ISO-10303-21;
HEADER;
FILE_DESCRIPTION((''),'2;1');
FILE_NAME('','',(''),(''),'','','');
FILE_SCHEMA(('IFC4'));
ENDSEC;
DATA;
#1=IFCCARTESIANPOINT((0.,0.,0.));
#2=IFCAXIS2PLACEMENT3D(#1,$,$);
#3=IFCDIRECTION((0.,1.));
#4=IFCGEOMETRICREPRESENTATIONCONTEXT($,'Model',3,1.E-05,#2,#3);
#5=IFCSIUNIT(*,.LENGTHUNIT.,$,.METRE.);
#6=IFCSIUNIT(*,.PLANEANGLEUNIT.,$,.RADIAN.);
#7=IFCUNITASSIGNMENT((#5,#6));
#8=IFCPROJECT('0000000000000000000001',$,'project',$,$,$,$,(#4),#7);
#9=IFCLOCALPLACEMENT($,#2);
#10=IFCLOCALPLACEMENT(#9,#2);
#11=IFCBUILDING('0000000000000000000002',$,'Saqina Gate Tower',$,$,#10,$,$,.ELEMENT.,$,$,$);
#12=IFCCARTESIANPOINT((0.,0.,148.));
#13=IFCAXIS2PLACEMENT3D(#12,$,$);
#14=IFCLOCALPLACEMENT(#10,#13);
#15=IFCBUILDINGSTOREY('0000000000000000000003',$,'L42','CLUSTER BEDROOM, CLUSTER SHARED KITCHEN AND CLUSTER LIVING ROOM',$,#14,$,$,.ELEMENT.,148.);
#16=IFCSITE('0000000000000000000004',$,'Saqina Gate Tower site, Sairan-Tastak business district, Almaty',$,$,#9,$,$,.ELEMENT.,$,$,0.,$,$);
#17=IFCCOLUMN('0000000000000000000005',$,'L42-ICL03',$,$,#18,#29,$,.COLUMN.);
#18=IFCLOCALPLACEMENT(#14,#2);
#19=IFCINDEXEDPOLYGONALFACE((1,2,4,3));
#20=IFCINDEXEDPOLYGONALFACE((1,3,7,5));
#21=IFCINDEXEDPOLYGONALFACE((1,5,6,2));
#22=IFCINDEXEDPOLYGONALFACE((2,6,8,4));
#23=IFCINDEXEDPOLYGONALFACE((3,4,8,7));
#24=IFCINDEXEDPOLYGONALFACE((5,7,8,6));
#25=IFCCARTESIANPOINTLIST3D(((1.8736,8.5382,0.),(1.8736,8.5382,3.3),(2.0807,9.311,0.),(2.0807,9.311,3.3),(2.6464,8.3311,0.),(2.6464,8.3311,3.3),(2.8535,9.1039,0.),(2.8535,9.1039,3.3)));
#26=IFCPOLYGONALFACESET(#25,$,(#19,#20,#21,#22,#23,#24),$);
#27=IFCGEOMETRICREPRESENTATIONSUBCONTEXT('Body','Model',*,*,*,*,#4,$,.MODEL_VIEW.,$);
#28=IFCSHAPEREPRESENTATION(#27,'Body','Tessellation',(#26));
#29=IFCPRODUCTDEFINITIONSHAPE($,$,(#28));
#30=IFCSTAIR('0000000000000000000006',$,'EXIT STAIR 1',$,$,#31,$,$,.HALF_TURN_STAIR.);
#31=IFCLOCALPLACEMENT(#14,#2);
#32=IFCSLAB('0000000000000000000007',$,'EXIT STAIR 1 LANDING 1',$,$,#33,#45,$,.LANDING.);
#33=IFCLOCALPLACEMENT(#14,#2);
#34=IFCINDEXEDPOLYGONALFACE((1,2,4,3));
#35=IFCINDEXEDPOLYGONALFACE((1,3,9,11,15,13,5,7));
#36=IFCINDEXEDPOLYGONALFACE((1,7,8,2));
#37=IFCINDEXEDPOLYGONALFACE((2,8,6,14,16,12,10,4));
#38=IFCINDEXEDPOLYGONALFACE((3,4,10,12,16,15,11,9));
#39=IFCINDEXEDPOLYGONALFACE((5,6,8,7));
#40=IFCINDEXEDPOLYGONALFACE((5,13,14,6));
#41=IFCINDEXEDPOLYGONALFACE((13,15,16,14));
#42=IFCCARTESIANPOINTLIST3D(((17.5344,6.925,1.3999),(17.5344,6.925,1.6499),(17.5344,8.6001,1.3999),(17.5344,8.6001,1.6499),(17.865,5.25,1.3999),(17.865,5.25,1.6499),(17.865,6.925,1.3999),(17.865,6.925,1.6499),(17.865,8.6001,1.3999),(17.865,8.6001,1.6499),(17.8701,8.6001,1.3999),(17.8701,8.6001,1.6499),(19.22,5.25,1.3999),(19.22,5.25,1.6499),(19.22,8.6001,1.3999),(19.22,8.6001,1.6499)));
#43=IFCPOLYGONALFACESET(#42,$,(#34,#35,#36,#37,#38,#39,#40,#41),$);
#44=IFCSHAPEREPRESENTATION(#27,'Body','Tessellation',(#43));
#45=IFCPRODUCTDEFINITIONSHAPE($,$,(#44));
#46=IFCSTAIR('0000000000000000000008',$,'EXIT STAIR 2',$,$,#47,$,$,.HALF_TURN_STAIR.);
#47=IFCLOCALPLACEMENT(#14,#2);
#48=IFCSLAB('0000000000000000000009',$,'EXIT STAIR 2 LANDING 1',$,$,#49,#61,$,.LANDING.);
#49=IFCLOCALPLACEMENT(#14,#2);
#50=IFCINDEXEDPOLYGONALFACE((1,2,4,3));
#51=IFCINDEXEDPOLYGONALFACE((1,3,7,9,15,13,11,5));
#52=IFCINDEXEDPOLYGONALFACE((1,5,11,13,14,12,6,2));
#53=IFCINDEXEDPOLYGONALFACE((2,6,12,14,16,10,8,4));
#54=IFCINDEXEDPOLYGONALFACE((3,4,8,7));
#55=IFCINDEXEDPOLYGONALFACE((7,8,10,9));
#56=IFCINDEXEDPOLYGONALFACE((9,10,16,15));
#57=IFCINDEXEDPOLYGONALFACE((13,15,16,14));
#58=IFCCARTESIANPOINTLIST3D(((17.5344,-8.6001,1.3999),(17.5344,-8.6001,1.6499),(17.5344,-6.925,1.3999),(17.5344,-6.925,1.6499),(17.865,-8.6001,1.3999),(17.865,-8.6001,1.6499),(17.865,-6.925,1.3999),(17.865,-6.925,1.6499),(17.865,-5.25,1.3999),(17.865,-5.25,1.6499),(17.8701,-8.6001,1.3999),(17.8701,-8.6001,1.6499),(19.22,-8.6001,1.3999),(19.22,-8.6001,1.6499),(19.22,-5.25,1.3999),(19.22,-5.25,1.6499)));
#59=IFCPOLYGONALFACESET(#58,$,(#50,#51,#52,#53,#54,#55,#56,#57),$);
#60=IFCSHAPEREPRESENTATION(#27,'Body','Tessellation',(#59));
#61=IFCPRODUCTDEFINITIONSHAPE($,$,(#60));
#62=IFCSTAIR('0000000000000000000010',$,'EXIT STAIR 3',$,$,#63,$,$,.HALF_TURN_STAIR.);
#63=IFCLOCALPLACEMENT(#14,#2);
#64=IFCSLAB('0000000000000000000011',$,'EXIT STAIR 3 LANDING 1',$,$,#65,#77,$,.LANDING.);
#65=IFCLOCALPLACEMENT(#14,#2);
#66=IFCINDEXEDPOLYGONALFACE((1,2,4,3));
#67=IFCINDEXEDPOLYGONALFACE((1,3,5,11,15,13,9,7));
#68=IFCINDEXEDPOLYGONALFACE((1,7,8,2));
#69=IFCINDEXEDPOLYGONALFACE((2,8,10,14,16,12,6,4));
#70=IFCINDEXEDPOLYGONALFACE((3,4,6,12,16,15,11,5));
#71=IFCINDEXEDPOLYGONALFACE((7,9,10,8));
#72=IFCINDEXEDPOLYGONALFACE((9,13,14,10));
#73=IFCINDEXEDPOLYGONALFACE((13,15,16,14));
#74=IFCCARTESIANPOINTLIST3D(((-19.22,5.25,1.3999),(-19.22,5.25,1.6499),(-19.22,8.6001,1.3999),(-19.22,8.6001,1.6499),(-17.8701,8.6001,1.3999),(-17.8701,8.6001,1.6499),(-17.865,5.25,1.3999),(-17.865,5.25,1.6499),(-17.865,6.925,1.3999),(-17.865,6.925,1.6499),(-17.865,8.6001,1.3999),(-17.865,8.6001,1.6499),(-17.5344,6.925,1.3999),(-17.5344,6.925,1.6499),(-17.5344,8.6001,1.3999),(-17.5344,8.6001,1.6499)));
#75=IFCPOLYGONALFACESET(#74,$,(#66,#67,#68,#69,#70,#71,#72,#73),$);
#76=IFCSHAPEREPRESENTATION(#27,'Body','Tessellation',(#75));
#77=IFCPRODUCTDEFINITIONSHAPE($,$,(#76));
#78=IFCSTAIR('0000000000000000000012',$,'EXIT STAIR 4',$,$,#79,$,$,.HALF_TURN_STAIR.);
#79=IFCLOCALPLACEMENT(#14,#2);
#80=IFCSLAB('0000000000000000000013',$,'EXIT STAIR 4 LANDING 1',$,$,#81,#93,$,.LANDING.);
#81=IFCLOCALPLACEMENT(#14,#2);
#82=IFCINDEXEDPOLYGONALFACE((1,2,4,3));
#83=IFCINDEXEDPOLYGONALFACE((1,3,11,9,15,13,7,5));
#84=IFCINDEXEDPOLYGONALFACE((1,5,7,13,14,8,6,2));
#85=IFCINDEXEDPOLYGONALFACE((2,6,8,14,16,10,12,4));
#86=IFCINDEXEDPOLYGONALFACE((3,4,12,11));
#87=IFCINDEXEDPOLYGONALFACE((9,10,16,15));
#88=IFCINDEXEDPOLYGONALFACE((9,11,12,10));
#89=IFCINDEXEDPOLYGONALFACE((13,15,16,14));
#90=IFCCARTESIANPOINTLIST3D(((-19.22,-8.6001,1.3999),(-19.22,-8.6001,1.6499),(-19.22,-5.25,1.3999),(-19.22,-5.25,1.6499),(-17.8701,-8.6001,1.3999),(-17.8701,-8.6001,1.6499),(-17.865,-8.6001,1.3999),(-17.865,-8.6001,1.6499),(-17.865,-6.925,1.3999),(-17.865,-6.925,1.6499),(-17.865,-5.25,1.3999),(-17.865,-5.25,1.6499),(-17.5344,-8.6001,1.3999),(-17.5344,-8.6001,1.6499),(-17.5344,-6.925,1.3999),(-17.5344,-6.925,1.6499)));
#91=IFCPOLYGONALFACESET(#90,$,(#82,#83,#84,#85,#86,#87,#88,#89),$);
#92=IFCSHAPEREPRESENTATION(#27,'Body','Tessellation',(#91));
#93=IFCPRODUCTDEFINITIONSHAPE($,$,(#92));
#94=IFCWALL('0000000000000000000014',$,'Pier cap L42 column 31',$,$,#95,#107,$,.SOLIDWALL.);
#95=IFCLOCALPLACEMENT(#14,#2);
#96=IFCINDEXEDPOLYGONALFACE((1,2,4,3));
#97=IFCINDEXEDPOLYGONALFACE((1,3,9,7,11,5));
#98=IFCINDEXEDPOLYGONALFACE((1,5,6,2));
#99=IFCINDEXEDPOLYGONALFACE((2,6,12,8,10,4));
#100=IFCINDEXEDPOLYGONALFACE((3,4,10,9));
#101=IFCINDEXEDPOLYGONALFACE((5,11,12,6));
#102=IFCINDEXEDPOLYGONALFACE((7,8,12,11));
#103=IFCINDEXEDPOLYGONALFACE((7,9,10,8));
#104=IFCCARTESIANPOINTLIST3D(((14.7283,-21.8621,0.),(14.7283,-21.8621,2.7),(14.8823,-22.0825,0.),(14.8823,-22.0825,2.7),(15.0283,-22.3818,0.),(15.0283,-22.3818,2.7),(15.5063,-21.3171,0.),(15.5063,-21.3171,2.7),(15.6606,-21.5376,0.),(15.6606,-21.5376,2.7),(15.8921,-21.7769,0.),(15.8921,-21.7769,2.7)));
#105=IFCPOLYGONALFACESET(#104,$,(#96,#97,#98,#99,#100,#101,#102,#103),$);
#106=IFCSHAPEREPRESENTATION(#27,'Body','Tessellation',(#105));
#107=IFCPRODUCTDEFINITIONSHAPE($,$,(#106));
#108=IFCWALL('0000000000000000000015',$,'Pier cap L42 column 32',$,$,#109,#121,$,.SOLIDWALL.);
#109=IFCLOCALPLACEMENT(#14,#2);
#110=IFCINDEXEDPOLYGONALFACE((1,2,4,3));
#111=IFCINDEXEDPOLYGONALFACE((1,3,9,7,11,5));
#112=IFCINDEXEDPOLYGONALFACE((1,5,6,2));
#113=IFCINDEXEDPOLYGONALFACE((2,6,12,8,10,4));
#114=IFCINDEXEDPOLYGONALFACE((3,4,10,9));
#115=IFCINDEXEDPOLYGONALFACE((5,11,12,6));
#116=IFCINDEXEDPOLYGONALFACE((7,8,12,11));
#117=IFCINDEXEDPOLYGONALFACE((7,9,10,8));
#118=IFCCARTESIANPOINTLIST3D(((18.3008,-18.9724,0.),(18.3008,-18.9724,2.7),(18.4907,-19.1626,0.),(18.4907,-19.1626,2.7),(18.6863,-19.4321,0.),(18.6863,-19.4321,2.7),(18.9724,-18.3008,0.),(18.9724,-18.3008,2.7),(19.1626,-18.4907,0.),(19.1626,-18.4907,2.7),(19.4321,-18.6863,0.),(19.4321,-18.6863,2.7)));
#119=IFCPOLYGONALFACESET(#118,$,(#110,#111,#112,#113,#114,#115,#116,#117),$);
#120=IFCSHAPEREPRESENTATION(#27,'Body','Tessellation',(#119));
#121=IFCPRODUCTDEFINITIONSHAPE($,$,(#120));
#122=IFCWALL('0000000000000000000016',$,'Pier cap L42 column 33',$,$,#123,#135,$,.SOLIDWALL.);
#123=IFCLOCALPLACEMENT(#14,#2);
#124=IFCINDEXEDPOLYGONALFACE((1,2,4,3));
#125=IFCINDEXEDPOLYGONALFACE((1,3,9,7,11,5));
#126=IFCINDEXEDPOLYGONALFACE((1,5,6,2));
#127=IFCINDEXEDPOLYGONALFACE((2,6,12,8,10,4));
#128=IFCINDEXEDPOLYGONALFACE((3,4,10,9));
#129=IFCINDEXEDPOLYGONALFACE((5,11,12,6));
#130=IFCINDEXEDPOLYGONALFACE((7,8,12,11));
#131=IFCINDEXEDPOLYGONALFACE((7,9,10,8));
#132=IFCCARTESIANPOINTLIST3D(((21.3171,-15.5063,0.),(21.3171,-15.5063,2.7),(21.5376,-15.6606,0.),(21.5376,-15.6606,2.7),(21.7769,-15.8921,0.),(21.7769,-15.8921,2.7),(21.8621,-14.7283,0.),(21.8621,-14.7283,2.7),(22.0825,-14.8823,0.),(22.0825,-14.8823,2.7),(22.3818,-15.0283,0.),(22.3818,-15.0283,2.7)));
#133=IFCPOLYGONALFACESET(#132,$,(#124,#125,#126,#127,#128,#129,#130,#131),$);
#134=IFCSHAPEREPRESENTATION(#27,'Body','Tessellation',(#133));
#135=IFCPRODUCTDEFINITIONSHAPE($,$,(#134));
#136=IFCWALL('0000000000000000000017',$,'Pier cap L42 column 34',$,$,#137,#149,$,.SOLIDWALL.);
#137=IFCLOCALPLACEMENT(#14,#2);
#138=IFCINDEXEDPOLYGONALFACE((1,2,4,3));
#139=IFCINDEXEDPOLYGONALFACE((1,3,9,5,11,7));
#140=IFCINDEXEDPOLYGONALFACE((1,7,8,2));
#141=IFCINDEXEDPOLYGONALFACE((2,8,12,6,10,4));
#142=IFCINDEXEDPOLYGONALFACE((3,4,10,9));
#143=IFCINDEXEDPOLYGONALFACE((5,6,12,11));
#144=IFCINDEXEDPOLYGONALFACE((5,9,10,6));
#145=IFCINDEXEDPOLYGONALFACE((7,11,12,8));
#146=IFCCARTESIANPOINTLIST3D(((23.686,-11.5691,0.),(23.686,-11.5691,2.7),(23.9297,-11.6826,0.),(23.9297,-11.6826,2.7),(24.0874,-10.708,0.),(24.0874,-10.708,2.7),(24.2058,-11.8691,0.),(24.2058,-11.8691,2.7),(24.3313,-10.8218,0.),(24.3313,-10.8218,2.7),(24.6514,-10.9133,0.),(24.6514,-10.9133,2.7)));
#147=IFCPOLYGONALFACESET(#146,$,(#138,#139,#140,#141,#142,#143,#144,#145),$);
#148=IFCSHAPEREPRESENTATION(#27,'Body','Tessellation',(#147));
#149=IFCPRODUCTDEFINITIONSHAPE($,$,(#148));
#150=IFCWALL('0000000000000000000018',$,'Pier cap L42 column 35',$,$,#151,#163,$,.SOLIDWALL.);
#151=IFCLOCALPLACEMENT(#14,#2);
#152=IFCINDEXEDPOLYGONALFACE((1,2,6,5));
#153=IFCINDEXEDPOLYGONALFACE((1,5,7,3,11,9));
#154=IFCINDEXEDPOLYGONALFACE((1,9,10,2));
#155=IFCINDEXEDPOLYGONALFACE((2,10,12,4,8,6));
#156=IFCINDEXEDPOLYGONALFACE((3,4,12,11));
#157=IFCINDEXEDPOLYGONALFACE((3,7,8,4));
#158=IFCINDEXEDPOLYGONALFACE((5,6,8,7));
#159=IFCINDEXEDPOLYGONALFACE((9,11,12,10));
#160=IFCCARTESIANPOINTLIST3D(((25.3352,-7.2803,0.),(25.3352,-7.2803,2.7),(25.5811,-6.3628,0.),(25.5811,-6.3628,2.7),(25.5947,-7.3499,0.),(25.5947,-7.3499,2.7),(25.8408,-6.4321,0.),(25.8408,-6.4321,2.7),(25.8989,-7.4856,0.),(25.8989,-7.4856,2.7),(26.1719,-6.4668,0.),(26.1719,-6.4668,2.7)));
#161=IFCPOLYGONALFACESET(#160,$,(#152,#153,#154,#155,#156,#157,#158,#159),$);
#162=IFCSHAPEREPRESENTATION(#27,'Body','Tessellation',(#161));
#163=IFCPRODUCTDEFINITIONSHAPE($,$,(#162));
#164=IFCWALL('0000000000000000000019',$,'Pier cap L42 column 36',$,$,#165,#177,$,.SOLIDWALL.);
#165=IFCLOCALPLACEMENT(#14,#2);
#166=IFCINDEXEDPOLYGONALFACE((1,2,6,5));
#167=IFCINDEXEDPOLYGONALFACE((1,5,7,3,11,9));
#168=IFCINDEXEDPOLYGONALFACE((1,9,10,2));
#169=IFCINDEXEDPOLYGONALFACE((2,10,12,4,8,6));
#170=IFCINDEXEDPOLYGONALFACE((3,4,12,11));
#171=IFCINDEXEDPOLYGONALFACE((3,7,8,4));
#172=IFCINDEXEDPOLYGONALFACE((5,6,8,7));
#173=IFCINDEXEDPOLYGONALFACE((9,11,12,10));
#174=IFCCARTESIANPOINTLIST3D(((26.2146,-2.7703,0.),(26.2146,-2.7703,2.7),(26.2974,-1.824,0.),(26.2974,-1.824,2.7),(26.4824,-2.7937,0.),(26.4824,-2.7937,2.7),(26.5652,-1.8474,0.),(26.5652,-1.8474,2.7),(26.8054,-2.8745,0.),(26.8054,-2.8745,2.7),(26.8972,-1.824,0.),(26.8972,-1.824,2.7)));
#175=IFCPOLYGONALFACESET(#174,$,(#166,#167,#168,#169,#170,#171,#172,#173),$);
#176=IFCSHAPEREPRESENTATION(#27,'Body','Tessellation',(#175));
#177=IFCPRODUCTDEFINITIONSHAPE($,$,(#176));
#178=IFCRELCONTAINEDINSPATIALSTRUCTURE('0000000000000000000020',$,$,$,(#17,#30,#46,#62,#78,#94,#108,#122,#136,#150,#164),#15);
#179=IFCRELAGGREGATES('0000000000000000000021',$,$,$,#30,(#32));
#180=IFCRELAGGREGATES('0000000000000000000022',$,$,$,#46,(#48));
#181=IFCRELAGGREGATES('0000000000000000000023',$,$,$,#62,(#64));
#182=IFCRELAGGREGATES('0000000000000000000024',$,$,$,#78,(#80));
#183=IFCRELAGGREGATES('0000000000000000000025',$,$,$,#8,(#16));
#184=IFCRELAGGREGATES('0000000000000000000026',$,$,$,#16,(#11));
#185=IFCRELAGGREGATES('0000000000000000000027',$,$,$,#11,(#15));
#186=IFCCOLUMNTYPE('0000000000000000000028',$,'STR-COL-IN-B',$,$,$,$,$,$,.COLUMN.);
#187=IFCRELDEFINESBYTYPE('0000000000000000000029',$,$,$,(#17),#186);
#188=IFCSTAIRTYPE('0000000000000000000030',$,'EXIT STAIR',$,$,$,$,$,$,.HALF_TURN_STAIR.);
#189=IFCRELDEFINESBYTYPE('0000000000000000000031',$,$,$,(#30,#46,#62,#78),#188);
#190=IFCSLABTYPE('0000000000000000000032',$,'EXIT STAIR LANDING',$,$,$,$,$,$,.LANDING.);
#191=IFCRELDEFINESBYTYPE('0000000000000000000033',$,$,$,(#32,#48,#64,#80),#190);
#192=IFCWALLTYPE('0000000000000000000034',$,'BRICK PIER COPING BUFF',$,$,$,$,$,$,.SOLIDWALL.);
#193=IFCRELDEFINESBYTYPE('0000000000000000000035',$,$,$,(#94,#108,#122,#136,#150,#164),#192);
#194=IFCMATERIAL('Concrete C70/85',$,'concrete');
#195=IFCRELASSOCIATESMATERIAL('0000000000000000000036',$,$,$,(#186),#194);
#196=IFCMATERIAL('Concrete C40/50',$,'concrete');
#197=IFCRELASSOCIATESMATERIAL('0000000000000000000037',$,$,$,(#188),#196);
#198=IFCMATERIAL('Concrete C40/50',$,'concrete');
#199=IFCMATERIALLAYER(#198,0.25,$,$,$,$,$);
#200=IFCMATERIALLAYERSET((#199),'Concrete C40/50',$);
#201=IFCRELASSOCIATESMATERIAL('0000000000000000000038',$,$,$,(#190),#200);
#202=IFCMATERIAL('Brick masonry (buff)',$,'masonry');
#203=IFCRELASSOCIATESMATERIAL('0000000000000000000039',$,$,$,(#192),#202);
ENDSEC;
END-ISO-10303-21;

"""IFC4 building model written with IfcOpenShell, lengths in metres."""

from ifc_helpers import new_model, si_unit, direction, frame, origin, origin_2d, place, context, subcontext, project, spatial, polyline, rectangle, outline, extrude, material, layer, layer_set, material_profile, profile_set, type_object, element, aggregate, save


model = new_model("IFC4")

# Units and contexts
model_context = context("Model", 3, precision=1e-05, world=origin(), true_north=direction((0.0, 1.0)))
body_context = subcontext(model_context, "Body", "Model", "MODEL_VIEW")
ifc_project = project(units=[si_unit("LENGTHUNIT", "METRE"), si_unit("PLANEANGLEUNIT", "RADIAN")], contexts=[model_context])

# Site, building, storey
site_placement = place(None, origin())
site = spatial("IfcSite", under=ifc_project, at=site_placement, Name="Saqina Gate Tower site, Sairan-Tastak business district, Almaty", CompositionType="ELEMENT", RefElevation=0.0)
building_placement = place(site_placement, origin())
building = spatial("IfcBuilding", under=site, at=building_placement, Name="Saqina Gate Tower", CompositionType="ELEMENT")
storey_placement = place(building_placement, frame((0.0, 0.0, 148.0)))
storey = spatial("IfcBuildingStorey", under=building, at=storey_placement, Name="L42", Description="CLUSTER BEDROOM, CLUSTER SHARED KITCHEN AND CLUSTER LIVING ROOM", CompositionType="ELEMENT", Elevation=148.0)

# Column
ifc_material_1 = material(Name="Concrete C70/85", Category="concrete")
ifc_material_profile = material_profile(ifc_material_1, rectangle(XDim=0.8, YDim=0.8, at=origin_2d()), Name="RC 800x800")
ifc_profile_set = profile_set([ifc_material_profile], Name="Concrete C70/85")
column_type = type_object("IfcColumnType", Name="STR-COL-IN-B", PredefinedType="COLUMN", material=ifc_profile_set)
column_placement = place(storey_placement, frame((2.3635, 8.821, 0.0), z_axis=(0.0, 0.0, 1.0), x_axis=(0.258819, 0.965926, 0.0)))
element("IfcColumn", 1, at=column_placement, inside=storey, type_object=column_type, Name="L42-ICL03", PredefinedType="COLUMN", context=body_context, shape_type="SweptSolid", body=[
    extrude(rectangle(XDim=0.8, YDim=0.8, at=origin_2d()), origin(), (0.0, 0.0, 1.0), 3.3),
])

# Stairs, slabs
ifc_material_2 = material(Name="Concrete C40/50", Category="concrete")
stair_type = type_object("IfcStairType", Name="EXIT STAIR", PredefinedType="HALF_TURN_STAIR", material=ifc_material_2)
stair_1_placement = place(storey_placement, origin())
stair_1 = element("IfcStair", 2, at=stair_1_placement, inside=storey, type_object=stair_type, Name="EXIT STAIR 1", PredefinedType="HALF_TURN_STAIR")
ifc_material_3 = material(Name="Concrete C40/50", Category="concrete")
ifc_layer_1 = layer(ifc_material_3, 0.25)
ifc_layer_set_1 = layer_set([ifc_layer_1], Name="Concrete C40/50")
slab_type = type_object("IfcSlabType", Name="EXIT STAIR LANDING", PredefinedType="LANDING", material=ifc_layer_set_1)
slab_1_placement = place(storey_placement, frame((0.0, 0.0, 1.3999)))
slab_1 = element("IfcSlab", 3, at=slab_1_placement, type_object=slab_type, Name="EXIT STAIR 1 LANDING 1", PredefinedType="LANDING", context=body_context, shape_type="SweptSolid", body=[
    extrude(outline(polyline([(19.22, 8.6001), (19.22, 5.25), (17.865, 5.25), (17.865, 6.925), (17.5344, 6.925), (17.5344, 8.6001), (17.865, 8.6001), (17.8701, 8.6001), (19.22, 8.6001)])), origin(), (0.0, 0.0, 1.0), 0.25),
])
aggregate(stair_1, [slab_1])
stair_2_placement = place(storey_placement, origin())
stair_2 = element("IfcStair", 4, at=stair_2_placement, inside=storey, type_object=stair_type, Name="EXIT STAIR 2", PredefinedType="HALF_TURN_STAIR")
slab_2_placement = place(storey_placement, frame((0.0, 0.0, 1.3999)))
slab_2 = element("IfcSlab", 5, at=slab_2_placement, type_object=slab_type, Name="EXIT STAIR 2 LANDING 1", PredefinedType="LANDING", context=body_context, shape_type="SweptSolid", body=[
    extrude(outline(polyline([(17.5344, -8.6001), (17.5344, -6.925), (17.865, -6.925), (17.865, -5.25), (19.22, -5.25), (19.22, -8.6001), (17.8701, -8.6001), (17.865, -8.6001), (17.5344, -8.6001)])), origin(), (0.0, 0.0, 1.0), 0.25),
])
aggregate(stair_2, [slab_2])
stair_3_placement = place(storey_placement, origin())
stair_3 = element("IfcStair", 6, at=stair_3_placement, inside=storey, type_object=stair_type, Name="EXIT STAIR 3", PredefinedType="HALF_TURN_STAIR")
slab_3_placement = place(storey_placement, frame((0.0, 0.0, 1.3999)))
slab_3 = element("IfcSlab", 7, at=slab_3_placement, type_object=slab_type, Name="EXIT STAIR 3 LANDING 1", PredefinedType="LANDING", context=body_context, shape_type="SweptSolid", body=[
    extrude(outline(polyline([(-17.865, 5.25), (-19.22, 5.25), (-19.22, 8.6001), (-17.8701, 8.6001), (-17.865, 8.6001), (-17.5344, 8.6001), (-17.5344, 6.925), (-17.865, 6.925), (-17.865, 5.25)])), origin(), (0.0, 0.0, 1.0), 0.25),
])
aggregate(stair_3, [slab_3])
stair_4_placement = place(storey_placement, origin())
stair_4 = element("IfcStair", 8, at=stair_4_placement, inside=storey, type_object=stair_type, Name="EXIT STAIR 4", PredefinedType="HALF_TURN_STAIR")
slab_4_placement = place(storey_placement, frame((0.0, 0.0, 1.3999)))
slab_4 = element("IfcSlab", 9, at=slab_4_placement, type_object=slab_type, Name="EXIT STAIR 4 LANDING 1", PredefinedType="LANDING", context=body_context, shape_type="SweptSolid", body=[
    extrude(outline(polyline([(-17.5344, -6.925), (-17.5344, -8.6001), (-17.865, -8.6001), (-17.8701, -8.6001), (-19.22, -8.6001), (-19.22, -5.25), (-17.865, -5.25), (-17.865, -6.925), (-17.5344, -6.925)])), origin(), (0.0, 0.0, 1.0), 0.25),
])
aggregate(stair_4, [slab_4])

# Walls
ifc_material_4 = material(Name="Brick masonry (buff)", Category="masonry")
wall_type_1 = type_object("IfcWallType", Name="BRICK PIER COPING BUFF", PredefinedType="SOLIDWALL", material=ifc_material_4)
wall_1_placement = place(storey_placement, origin())
element("IfcWall", 10, at=wall_1_placement, inside=storey, type_object=wall_type_1, Name="Pier cap L42 column 31", PredefinedType="SOLIDWALL", context=body_context, shape_type="SweptSolid", body=[
    extrude(outline(polyline([(15.8921, -21.7769), (15.5063, -21.3171), (15.6606, -21.5376), (14.8823, -22.0825), (14.7283, -21.8621), (15.0283, -22.3818), (15.8921, -21.7769)])), origin(), (0.0, 0.0, 1.0), 2.7),
])
wall_2_placement = place(storey_placement, origin())
element("IfcWall", 11, at=wall_2_placement, inside=storey, type_object=wall_type_1, Name="Pier cap L42 column 32", PredefinedType="SOLIDWALL", context=body_context, shape_type="SweptSolid", body=[
    extrude(outline(polyline([(18.6863, -19.4321), (19.4321, -18.6863), (18.9724, -18.3008), (19.1626, -18.4907), (18.4907, -19.1626), (18.3008, -18.9724), (18.6863, -19.4321)])), origin(), (0.0, 0.0, 1.0), 2.7),
])
wall_3_placement = place(storey_placement, origin())
element("IfcWall", 12, at=wall_3_placement, inside=storey, type_object=wall_type_1, Name="Pier cap L42 column 33", PredefinedType="SOLIDWALL", context=body_context, shape_type="SweptSolid", body=[
    extrude(outline(polyline([(22.3818, -15.0283), (21.8621, -14.7283), (22.0825, -14.8823), (21.5376, -15.6606), (21.3171, -15.5063), (21.7769, -15.8921), (22.3818, -15.0283)])), origin(), (0.0, 0.0, 1.0), 2.7),
])
wall_4_placement = place(storey_placement, origin())
element("IfcWall", 13, at=wall_4_placement, inside=storey, type_object=wall_type_1, Name="Pier cap L42 column 34", PredefinedType="SOLIDWALL", context=body_context, shape_type="SweptSolid", body=[
    extrude(outline(polyline([(24.6514, -10.9133), (24.0874, -10.708), (24.3313, -10.8218), (23.9297, -11.6826), (23.686, -11.5691), (24.2058, -11.8691), (24.6514, -10.9133)])), origin(), (0.0, 0.0, 1.0), 2.7),
])
wall_5_placement = place(storey_placement, origin())
element("IfcWall", 14, at=wall_5_placement, inside=storey, type_object=wall_type_1, Name="Pier cap L42 column 35", PredefinedType="SOLIDWALL", context=body_context, shape_type="SweptSolid", body=[
    extrude(outline(polyline([(25.8989, -7.4856), (26.1719, -6.4668), (25.5811, -6.3628), (25.8408, -6.4321), (25.5947, -7.3499), (25.3352, -7.2803), (25.8989, -7.4856)])), origin(), (0.0, 0.0, 1.0), 2.7),
])
wall_6_placement = place(storey_placement, origin())
element("IfcWall", 15, at=wall_6_placement, inside=storey, type_object=wall_type_1, Name="Pier cap L42 column 36", PredefinedType="SOLIDWALL", context=body_context, shape_type="SweptSolid", body=[
    extrude(outline(polyline([(26.8054, -2.8745), (26.8972, -1.824), (26.2974, -1.824), (26.5652, -1.8474), (26.4824, -2.7937), (26.2146, -2.7703), (26.8054, -2.8745)])), origin(), (0.0, 0.0, 1.0), 2.7),
])

save(model, "model.ifc")
